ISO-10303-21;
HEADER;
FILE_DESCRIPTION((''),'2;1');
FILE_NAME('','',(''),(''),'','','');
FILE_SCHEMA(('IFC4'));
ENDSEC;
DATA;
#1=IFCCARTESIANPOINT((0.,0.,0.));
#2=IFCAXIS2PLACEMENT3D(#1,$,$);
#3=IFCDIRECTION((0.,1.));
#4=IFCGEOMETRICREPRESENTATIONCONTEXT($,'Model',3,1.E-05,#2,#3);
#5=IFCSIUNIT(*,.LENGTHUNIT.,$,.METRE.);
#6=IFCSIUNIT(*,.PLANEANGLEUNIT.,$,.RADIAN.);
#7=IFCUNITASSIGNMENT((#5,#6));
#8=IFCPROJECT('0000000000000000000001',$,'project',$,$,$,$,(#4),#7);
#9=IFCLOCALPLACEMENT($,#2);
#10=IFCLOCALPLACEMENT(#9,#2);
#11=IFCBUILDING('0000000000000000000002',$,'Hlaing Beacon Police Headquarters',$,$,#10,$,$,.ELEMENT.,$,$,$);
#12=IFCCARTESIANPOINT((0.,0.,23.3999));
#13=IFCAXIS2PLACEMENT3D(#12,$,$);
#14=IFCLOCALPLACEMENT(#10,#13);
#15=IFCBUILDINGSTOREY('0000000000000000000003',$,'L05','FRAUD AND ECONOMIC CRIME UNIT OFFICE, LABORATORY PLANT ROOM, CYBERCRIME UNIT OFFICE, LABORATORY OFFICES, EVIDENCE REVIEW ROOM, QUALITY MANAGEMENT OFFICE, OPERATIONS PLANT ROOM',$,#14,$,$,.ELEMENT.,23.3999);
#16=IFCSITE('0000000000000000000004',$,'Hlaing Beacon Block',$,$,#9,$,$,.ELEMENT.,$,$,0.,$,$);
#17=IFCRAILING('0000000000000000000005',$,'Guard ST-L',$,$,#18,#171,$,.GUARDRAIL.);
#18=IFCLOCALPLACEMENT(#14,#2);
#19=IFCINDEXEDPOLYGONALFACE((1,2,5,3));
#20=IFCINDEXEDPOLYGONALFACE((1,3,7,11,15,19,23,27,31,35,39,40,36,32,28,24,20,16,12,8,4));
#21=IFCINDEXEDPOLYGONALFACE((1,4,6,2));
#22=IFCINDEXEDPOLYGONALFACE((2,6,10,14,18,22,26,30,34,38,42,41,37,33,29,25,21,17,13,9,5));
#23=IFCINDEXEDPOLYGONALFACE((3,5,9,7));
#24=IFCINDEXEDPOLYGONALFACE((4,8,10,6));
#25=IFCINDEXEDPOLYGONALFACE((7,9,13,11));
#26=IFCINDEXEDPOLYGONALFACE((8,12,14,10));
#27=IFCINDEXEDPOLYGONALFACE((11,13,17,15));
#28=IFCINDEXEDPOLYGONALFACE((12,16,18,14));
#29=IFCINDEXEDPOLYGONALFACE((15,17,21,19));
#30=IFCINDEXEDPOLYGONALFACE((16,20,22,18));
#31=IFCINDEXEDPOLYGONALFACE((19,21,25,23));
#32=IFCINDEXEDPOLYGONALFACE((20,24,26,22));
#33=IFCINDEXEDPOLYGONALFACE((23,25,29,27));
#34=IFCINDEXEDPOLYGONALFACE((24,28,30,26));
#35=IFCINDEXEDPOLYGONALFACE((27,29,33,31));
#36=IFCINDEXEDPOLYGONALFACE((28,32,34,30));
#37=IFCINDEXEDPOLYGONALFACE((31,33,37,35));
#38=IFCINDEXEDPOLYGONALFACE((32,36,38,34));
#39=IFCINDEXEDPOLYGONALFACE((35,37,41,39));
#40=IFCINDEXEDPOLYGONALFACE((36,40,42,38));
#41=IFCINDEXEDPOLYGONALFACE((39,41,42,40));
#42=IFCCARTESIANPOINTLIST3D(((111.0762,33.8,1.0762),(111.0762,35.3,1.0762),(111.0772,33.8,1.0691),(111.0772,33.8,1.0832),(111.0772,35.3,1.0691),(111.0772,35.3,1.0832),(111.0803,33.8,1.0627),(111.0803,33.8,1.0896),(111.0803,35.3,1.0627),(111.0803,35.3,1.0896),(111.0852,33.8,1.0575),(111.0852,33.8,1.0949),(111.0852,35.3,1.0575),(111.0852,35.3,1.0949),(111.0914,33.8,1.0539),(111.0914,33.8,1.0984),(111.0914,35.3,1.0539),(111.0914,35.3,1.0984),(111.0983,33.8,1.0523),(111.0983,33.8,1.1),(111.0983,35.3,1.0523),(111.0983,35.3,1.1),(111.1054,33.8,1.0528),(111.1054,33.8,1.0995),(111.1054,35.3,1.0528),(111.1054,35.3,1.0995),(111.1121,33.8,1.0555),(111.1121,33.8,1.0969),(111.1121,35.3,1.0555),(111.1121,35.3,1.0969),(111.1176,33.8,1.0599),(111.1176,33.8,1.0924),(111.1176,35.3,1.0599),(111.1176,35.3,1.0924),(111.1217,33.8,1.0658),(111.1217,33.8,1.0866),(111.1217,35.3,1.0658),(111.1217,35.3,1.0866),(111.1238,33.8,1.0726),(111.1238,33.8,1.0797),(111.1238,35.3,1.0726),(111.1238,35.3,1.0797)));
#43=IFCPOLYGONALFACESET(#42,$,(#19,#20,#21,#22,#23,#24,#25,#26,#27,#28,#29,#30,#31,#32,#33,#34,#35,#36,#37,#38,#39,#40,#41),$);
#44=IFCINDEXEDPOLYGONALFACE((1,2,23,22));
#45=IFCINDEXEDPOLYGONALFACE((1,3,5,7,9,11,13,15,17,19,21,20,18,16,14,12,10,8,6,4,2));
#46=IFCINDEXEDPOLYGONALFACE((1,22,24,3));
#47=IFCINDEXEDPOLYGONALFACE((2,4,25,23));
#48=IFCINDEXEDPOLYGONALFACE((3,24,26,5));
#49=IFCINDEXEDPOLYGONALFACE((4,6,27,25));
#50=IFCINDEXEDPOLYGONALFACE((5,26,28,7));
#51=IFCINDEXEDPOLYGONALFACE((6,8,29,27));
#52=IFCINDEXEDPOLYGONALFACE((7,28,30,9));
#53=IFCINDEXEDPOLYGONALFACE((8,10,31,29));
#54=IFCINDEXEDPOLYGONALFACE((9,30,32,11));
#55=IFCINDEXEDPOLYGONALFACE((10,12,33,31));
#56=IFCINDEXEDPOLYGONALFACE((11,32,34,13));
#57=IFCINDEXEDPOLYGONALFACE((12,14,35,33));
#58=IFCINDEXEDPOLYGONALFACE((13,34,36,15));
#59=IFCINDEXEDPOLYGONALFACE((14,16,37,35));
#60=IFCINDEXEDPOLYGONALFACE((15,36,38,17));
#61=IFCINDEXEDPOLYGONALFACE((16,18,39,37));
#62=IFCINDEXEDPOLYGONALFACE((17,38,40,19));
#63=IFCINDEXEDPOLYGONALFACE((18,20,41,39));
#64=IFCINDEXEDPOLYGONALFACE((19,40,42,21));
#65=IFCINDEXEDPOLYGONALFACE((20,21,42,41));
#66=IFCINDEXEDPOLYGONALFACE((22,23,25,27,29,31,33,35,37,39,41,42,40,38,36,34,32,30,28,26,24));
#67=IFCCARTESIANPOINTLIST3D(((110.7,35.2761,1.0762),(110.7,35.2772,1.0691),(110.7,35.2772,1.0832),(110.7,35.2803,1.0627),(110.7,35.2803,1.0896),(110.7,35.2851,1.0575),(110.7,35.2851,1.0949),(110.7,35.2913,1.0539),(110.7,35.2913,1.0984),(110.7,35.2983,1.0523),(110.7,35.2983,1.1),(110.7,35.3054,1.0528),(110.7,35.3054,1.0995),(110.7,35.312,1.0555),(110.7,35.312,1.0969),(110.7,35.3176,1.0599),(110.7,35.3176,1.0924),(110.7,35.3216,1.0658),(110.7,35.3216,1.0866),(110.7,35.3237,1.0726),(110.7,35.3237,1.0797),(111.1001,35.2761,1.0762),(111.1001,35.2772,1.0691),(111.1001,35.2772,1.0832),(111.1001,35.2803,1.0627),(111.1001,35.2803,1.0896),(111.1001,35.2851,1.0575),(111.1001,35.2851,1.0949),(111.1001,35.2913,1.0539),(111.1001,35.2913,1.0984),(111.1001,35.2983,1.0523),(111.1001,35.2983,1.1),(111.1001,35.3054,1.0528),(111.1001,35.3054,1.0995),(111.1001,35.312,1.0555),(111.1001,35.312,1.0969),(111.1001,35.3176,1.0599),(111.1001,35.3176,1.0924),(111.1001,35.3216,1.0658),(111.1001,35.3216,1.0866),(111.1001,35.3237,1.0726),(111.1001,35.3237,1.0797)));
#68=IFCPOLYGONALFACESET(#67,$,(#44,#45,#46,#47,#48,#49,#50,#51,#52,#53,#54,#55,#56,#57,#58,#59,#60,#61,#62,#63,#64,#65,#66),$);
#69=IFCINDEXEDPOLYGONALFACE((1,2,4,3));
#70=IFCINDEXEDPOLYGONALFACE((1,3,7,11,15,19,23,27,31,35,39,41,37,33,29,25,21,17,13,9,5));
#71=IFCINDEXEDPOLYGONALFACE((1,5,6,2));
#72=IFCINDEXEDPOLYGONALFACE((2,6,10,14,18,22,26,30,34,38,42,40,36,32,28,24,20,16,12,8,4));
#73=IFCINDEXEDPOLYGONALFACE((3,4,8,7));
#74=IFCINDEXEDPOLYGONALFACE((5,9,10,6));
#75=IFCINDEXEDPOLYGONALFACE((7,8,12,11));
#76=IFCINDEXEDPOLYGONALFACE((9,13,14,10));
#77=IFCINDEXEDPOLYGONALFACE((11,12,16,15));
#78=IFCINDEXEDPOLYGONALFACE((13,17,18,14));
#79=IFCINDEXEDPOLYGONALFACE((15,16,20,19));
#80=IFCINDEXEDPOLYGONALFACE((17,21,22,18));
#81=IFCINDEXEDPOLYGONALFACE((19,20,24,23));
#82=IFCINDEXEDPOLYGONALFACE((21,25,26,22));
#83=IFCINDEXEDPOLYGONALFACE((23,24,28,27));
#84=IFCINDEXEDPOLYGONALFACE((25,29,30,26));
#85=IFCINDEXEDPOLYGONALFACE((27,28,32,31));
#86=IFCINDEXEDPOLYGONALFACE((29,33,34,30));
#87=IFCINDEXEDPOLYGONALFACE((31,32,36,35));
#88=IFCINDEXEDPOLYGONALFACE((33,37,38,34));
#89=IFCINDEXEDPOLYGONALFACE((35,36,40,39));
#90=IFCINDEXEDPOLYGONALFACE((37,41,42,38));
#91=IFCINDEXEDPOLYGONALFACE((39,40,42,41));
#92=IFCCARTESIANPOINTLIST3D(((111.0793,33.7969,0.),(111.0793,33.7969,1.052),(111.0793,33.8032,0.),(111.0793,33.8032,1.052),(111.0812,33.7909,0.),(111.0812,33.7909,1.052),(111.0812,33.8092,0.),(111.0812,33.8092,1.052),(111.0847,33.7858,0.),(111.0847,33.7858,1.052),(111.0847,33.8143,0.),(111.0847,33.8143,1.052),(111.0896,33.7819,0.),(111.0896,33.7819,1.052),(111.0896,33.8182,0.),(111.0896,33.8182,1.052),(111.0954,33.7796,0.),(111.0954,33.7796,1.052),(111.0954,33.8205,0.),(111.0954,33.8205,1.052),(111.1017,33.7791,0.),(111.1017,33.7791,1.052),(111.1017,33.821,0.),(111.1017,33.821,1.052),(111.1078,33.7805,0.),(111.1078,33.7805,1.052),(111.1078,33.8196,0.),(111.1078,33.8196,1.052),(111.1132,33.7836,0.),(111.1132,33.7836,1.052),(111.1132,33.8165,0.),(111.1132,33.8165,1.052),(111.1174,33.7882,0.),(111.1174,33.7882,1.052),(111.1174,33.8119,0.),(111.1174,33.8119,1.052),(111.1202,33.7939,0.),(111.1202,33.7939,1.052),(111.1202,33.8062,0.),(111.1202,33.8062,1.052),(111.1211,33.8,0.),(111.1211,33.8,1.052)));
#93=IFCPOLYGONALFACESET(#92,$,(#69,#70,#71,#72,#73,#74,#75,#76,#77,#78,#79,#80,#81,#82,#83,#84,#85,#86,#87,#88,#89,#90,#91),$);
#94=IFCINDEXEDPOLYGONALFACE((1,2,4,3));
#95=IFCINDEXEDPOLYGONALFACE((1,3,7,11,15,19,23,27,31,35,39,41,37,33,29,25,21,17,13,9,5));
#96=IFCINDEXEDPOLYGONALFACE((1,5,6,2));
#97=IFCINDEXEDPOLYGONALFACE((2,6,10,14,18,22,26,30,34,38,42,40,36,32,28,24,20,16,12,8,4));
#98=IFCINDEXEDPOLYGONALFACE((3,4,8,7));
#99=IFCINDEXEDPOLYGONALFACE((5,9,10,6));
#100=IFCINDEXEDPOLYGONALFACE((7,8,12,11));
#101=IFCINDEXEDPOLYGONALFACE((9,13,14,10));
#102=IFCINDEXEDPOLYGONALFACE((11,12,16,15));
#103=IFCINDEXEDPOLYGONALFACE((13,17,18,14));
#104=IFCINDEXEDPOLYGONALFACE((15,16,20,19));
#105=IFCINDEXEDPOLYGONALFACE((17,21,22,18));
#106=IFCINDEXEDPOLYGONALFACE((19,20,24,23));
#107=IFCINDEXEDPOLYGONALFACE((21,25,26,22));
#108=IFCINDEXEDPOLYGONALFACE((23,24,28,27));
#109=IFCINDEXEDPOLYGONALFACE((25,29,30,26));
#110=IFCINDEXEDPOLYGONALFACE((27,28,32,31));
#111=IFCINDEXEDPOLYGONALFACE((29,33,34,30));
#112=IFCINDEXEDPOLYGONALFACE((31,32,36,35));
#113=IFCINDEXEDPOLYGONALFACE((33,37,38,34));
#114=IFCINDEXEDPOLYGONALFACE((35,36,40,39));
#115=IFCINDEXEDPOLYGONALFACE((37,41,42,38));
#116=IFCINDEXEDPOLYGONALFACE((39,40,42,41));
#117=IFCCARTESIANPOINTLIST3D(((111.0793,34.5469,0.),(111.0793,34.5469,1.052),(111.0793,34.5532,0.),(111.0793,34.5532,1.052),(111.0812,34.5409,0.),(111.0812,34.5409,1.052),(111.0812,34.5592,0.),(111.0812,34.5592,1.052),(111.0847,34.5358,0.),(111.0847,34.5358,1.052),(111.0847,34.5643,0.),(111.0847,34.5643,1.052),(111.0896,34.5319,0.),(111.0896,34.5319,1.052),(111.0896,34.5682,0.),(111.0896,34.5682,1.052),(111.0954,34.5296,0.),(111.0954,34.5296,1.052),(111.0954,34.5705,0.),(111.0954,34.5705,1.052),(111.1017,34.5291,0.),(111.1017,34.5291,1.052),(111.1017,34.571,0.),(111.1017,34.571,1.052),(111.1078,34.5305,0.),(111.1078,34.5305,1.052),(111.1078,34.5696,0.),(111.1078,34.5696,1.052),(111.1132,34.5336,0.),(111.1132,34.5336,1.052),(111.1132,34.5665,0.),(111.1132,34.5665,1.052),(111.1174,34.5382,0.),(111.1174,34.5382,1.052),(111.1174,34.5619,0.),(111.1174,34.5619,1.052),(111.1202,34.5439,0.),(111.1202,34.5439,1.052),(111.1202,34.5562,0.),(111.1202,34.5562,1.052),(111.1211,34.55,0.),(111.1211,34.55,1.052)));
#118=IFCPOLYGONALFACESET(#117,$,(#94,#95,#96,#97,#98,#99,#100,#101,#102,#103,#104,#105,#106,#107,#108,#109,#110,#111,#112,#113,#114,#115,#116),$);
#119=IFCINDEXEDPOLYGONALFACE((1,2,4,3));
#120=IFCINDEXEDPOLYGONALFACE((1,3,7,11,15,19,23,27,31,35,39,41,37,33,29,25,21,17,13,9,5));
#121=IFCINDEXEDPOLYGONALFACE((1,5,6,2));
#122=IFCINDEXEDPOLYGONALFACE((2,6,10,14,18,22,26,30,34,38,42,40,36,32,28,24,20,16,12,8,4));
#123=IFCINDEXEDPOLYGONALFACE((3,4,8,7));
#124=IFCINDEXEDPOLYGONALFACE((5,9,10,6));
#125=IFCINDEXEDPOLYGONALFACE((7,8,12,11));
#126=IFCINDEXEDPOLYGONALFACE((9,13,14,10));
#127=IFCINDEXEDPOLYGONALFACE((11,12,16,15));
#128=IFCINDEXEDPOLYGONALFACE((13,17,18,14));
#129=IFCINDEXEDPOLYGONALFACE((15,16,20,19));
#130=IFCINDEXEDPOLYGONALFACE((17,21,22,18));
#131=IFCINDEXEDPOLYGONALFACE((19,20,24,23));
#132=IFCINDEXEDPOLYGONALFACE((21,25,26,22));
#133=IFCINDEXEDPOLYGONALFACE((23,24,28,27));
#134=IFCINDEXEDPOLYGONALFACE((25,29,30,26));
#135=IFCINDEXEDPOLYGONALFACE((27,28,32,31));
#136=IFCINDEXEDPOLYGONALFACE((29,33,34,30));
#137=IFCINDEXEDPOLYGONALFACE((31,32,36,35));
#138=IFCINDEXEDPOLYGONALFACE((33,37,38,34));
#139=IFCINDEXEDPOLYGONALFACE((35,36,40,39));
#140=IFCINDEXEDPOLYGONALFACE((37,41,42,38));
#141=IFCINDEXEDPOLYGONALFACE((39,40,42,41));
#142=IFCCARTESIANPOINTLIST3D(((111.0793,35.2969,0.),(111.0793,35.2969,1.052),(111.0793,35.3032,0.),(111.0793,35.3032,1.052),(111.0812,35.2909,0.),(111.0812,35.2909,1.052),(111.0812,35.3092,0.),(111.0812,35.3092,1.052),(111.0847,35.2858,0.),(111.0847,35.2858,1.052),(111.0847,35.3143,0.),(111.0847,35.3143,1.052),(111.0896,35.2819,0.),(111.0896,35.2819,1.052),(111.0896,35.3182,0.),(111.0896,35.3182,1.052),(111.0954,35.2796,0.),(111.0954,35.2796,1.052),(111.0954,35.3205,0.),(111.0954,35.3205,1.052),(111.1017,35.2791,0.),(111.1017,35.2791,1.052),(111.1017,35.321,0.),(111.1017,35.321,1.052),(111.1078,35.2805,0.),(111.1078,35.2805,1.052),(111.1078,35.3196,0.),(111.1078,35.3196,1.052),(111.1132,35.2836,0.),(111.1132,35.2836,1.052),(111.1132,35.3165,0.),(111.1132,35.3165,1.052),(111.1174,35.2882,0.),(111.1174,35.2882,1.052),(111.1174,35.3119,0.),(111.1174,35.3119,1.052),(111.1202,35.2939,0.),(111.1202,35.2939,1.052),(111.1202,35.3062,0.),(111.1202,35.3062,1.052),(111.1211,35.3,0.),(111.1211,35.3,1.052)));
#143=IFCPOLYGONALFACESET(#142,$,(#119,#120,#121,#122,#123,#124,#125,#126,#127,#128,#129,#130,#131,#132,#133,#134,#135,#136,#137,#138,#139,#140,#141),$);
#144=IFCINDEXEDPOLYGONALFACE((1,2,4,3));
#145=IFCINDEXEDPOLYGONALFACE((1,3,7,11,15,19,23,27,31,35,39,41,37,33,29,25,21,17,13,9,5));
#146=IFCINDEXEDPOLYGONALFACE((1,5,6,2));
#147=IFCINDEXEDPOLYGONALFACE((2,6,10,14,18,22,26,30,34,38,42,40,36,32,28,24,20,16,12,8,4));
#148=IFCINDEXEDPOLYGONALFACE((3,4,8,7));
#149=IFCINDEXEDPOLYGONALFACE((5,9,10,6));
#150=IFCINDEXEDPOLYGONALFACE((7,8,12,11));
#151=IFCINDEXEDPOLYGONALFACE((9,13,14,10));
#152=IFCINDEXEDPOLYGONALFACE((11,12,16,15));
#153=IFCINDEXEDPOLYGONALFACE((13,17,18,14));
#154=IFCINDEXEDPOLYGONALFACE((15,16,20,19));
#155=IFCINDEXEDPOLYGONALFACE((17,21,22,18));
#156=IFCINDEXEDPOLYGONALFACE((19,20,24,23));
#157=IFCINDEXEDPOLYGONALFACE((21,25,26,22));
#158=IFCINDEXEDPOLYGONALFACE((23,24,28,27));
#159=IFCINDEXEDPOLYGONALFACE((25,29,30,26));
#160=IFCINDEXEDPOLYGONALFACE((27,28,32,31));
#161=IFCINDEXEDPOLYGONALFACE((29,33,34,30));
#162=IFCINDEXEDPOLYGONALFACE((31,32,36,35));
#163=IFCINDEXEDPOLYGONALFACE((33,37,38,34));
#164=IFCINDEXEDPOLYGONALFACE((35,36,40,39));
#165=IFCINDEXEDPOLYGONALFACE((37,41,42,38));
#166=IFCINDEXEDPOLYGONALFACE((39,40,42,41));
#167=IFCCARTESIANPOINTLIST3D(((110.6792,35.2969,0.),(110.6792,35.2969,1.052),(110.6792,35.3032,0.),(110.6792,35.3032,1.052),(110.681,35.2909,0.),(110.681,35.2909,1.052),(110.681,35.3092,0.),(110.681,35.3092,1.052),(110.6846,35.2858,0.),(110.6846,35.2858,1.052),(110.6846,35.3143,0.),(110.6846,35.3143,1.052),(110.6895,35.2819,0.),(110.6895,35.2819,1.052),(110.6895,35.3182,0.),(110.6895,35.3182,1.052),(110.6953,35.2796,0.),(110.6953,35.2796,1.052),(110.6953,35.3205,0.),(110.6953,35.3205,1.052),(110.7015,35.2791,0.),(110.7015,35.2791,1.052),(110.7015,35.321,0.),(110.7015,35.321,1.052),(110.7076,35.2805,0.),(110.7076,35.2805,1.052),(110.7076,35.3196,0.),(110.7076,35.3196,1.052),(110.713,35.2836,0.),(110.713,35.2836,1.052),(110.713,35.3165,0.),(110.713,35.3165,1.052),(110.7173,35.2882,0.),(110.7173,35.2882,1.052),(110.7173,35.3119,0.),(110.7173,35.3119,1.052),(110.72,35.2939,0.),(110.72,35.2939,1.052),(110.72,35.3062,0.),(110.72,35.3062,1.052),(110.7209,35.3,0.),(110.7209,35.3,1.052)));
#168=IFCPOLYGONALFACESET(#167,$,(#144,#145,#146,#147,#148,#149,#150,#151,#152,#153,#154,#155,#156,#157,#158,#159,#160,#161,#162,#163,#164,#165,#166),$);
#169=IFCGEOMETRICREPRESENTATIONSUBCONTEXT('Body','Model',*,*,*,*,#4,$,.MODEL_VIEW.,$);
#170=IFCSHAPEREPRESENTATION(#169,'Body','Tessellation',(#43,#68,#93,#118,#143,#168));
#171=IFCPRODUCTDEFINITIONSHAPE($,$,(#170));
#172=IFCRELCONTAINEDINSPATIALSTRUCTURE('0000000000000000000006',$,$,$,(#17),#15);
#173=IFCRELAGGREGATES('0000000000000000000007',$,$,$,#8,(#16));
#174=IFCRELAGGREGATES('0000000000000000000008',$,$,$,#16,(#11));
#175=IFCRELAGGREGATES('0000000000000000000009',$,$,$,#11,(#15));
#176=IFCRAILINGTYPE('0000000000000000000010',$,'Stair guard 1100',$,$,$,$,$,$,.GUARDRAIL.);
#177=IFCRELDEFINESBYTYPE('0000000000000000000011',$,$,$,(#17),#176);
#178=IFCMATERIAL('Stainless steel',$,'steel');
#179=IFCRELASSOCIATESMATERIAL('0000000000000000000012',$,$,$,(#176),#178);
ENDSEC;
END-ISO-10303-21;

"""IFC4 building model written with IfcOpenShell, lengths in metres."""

from ifc_helpers import new_model, si_unit, direction, frame, origin, origin_2d, place, context, subcontext, project, spatial, circle, extrude, material, type_object, element, save


model = new_model("IFC4")

# Units and contexts
model_context = context("Model", 3, precision=1e-05, world=origin(), true_north=direction((0.0, 1.0)))
body_context = subcontext(model_context, "Body", "Model", "MODEL_VIEW")
ifc_project = project(units=[si_unit("LENGTHUNIT", "METRE"), si_unit("PLANEANGLEUNIT", "RADIAN")], contexts=[model_context])

# Site, building, storey
site_placement = place(None, origin())
site = spatial("IfcSite", under=ifc_project, at=site_placement, Name="Hlaing Beacon Block", CompositionType="ELEMENT", RefElevation=0.0)
building_placement = place(site_placement, origin())
building = spatial("IfcBuilding", under=site, at=building_placement, Name="Hlaing Beacon Police Headquarters", CompositionType="ELEMENT")
storey_placement = place(building_placement, frame((0.0, 0.0, 23.3999)))
storey = spatial("IfcBuildingStorey", under=building, at=storey_placement, Name="L05", Description="FRAUD AND ECONOMIC CRIME UNIT OFFICE, LABORATORY PLANT ROOM, CYBERCRIME UNIT OFFICE, LABORATORY OFFICES, EVIDENCE REVIEW ROOM, QUALITY MANAGEMENT OFFICE, OPERATIONS PLANT ROOM", CompositionType="ELEMENT", Elevation=23.3999)

# Railing
ifc_material_1 = material(Name="Stainless steel", Category="steel")
railing_type_1 = type_object("IfcRailingType", Name="Stair guard 1100", PredefinedType="GUARDRAIL", material=ifc_material_1)
railing_1_placement = place(storey_placement, frame((111.1001, 33.8, 0.0)))
element("IfcRailing", 1, at=railing_1_placement, inside=storey, type_object=railing_type_1, Name="Guard ST-L", PredefinedType="GUARDRAIL", context=body_context, shape_type="SweptSolid", body=[
    extrude(circle(Radius=0.0239, at=origin_2d()), frame((0.0, 0.0, 1.0762), z_axis=(0.0, 1.0, 0.0), x_axis=(-1.0, 0.0, 0.0)), (0.0, 0.0, 1.0), 1.5),
    extrude(circle(Radius=0.0239, at=origin_2d()), frame((0.0, 1.5, 1.0762), z_axis=(-1.0, 0.0, 0.0), x_axis=(0.0, -1.0, 0.0)), (0.0, 0.0, 1.0), 0.4001),
    extrude(circle(Radius=0.021, at=origin_2d()), origin(), (0.0, 0.0, 1.0), 1.052),
    extrude(circle(Radius=0.021, at=origin_2d()), frame((0.0, 0.75, 0.0)), (0.0, 0.0, 1.0), 1.052),
    extrude(circle(Radius=0.021, at=origin_2d()), frame((0.0, 1.5, 0.0)), (0.0, 0.0, 1.0), 1.052),
    extrude(circle(Radius=0.021, at=origin_2d()), frame((-0.4001, 1.5, 0.0)), (0.0, 0.0, 1.0), 1.052),
])

save(model, "model.ifc")
